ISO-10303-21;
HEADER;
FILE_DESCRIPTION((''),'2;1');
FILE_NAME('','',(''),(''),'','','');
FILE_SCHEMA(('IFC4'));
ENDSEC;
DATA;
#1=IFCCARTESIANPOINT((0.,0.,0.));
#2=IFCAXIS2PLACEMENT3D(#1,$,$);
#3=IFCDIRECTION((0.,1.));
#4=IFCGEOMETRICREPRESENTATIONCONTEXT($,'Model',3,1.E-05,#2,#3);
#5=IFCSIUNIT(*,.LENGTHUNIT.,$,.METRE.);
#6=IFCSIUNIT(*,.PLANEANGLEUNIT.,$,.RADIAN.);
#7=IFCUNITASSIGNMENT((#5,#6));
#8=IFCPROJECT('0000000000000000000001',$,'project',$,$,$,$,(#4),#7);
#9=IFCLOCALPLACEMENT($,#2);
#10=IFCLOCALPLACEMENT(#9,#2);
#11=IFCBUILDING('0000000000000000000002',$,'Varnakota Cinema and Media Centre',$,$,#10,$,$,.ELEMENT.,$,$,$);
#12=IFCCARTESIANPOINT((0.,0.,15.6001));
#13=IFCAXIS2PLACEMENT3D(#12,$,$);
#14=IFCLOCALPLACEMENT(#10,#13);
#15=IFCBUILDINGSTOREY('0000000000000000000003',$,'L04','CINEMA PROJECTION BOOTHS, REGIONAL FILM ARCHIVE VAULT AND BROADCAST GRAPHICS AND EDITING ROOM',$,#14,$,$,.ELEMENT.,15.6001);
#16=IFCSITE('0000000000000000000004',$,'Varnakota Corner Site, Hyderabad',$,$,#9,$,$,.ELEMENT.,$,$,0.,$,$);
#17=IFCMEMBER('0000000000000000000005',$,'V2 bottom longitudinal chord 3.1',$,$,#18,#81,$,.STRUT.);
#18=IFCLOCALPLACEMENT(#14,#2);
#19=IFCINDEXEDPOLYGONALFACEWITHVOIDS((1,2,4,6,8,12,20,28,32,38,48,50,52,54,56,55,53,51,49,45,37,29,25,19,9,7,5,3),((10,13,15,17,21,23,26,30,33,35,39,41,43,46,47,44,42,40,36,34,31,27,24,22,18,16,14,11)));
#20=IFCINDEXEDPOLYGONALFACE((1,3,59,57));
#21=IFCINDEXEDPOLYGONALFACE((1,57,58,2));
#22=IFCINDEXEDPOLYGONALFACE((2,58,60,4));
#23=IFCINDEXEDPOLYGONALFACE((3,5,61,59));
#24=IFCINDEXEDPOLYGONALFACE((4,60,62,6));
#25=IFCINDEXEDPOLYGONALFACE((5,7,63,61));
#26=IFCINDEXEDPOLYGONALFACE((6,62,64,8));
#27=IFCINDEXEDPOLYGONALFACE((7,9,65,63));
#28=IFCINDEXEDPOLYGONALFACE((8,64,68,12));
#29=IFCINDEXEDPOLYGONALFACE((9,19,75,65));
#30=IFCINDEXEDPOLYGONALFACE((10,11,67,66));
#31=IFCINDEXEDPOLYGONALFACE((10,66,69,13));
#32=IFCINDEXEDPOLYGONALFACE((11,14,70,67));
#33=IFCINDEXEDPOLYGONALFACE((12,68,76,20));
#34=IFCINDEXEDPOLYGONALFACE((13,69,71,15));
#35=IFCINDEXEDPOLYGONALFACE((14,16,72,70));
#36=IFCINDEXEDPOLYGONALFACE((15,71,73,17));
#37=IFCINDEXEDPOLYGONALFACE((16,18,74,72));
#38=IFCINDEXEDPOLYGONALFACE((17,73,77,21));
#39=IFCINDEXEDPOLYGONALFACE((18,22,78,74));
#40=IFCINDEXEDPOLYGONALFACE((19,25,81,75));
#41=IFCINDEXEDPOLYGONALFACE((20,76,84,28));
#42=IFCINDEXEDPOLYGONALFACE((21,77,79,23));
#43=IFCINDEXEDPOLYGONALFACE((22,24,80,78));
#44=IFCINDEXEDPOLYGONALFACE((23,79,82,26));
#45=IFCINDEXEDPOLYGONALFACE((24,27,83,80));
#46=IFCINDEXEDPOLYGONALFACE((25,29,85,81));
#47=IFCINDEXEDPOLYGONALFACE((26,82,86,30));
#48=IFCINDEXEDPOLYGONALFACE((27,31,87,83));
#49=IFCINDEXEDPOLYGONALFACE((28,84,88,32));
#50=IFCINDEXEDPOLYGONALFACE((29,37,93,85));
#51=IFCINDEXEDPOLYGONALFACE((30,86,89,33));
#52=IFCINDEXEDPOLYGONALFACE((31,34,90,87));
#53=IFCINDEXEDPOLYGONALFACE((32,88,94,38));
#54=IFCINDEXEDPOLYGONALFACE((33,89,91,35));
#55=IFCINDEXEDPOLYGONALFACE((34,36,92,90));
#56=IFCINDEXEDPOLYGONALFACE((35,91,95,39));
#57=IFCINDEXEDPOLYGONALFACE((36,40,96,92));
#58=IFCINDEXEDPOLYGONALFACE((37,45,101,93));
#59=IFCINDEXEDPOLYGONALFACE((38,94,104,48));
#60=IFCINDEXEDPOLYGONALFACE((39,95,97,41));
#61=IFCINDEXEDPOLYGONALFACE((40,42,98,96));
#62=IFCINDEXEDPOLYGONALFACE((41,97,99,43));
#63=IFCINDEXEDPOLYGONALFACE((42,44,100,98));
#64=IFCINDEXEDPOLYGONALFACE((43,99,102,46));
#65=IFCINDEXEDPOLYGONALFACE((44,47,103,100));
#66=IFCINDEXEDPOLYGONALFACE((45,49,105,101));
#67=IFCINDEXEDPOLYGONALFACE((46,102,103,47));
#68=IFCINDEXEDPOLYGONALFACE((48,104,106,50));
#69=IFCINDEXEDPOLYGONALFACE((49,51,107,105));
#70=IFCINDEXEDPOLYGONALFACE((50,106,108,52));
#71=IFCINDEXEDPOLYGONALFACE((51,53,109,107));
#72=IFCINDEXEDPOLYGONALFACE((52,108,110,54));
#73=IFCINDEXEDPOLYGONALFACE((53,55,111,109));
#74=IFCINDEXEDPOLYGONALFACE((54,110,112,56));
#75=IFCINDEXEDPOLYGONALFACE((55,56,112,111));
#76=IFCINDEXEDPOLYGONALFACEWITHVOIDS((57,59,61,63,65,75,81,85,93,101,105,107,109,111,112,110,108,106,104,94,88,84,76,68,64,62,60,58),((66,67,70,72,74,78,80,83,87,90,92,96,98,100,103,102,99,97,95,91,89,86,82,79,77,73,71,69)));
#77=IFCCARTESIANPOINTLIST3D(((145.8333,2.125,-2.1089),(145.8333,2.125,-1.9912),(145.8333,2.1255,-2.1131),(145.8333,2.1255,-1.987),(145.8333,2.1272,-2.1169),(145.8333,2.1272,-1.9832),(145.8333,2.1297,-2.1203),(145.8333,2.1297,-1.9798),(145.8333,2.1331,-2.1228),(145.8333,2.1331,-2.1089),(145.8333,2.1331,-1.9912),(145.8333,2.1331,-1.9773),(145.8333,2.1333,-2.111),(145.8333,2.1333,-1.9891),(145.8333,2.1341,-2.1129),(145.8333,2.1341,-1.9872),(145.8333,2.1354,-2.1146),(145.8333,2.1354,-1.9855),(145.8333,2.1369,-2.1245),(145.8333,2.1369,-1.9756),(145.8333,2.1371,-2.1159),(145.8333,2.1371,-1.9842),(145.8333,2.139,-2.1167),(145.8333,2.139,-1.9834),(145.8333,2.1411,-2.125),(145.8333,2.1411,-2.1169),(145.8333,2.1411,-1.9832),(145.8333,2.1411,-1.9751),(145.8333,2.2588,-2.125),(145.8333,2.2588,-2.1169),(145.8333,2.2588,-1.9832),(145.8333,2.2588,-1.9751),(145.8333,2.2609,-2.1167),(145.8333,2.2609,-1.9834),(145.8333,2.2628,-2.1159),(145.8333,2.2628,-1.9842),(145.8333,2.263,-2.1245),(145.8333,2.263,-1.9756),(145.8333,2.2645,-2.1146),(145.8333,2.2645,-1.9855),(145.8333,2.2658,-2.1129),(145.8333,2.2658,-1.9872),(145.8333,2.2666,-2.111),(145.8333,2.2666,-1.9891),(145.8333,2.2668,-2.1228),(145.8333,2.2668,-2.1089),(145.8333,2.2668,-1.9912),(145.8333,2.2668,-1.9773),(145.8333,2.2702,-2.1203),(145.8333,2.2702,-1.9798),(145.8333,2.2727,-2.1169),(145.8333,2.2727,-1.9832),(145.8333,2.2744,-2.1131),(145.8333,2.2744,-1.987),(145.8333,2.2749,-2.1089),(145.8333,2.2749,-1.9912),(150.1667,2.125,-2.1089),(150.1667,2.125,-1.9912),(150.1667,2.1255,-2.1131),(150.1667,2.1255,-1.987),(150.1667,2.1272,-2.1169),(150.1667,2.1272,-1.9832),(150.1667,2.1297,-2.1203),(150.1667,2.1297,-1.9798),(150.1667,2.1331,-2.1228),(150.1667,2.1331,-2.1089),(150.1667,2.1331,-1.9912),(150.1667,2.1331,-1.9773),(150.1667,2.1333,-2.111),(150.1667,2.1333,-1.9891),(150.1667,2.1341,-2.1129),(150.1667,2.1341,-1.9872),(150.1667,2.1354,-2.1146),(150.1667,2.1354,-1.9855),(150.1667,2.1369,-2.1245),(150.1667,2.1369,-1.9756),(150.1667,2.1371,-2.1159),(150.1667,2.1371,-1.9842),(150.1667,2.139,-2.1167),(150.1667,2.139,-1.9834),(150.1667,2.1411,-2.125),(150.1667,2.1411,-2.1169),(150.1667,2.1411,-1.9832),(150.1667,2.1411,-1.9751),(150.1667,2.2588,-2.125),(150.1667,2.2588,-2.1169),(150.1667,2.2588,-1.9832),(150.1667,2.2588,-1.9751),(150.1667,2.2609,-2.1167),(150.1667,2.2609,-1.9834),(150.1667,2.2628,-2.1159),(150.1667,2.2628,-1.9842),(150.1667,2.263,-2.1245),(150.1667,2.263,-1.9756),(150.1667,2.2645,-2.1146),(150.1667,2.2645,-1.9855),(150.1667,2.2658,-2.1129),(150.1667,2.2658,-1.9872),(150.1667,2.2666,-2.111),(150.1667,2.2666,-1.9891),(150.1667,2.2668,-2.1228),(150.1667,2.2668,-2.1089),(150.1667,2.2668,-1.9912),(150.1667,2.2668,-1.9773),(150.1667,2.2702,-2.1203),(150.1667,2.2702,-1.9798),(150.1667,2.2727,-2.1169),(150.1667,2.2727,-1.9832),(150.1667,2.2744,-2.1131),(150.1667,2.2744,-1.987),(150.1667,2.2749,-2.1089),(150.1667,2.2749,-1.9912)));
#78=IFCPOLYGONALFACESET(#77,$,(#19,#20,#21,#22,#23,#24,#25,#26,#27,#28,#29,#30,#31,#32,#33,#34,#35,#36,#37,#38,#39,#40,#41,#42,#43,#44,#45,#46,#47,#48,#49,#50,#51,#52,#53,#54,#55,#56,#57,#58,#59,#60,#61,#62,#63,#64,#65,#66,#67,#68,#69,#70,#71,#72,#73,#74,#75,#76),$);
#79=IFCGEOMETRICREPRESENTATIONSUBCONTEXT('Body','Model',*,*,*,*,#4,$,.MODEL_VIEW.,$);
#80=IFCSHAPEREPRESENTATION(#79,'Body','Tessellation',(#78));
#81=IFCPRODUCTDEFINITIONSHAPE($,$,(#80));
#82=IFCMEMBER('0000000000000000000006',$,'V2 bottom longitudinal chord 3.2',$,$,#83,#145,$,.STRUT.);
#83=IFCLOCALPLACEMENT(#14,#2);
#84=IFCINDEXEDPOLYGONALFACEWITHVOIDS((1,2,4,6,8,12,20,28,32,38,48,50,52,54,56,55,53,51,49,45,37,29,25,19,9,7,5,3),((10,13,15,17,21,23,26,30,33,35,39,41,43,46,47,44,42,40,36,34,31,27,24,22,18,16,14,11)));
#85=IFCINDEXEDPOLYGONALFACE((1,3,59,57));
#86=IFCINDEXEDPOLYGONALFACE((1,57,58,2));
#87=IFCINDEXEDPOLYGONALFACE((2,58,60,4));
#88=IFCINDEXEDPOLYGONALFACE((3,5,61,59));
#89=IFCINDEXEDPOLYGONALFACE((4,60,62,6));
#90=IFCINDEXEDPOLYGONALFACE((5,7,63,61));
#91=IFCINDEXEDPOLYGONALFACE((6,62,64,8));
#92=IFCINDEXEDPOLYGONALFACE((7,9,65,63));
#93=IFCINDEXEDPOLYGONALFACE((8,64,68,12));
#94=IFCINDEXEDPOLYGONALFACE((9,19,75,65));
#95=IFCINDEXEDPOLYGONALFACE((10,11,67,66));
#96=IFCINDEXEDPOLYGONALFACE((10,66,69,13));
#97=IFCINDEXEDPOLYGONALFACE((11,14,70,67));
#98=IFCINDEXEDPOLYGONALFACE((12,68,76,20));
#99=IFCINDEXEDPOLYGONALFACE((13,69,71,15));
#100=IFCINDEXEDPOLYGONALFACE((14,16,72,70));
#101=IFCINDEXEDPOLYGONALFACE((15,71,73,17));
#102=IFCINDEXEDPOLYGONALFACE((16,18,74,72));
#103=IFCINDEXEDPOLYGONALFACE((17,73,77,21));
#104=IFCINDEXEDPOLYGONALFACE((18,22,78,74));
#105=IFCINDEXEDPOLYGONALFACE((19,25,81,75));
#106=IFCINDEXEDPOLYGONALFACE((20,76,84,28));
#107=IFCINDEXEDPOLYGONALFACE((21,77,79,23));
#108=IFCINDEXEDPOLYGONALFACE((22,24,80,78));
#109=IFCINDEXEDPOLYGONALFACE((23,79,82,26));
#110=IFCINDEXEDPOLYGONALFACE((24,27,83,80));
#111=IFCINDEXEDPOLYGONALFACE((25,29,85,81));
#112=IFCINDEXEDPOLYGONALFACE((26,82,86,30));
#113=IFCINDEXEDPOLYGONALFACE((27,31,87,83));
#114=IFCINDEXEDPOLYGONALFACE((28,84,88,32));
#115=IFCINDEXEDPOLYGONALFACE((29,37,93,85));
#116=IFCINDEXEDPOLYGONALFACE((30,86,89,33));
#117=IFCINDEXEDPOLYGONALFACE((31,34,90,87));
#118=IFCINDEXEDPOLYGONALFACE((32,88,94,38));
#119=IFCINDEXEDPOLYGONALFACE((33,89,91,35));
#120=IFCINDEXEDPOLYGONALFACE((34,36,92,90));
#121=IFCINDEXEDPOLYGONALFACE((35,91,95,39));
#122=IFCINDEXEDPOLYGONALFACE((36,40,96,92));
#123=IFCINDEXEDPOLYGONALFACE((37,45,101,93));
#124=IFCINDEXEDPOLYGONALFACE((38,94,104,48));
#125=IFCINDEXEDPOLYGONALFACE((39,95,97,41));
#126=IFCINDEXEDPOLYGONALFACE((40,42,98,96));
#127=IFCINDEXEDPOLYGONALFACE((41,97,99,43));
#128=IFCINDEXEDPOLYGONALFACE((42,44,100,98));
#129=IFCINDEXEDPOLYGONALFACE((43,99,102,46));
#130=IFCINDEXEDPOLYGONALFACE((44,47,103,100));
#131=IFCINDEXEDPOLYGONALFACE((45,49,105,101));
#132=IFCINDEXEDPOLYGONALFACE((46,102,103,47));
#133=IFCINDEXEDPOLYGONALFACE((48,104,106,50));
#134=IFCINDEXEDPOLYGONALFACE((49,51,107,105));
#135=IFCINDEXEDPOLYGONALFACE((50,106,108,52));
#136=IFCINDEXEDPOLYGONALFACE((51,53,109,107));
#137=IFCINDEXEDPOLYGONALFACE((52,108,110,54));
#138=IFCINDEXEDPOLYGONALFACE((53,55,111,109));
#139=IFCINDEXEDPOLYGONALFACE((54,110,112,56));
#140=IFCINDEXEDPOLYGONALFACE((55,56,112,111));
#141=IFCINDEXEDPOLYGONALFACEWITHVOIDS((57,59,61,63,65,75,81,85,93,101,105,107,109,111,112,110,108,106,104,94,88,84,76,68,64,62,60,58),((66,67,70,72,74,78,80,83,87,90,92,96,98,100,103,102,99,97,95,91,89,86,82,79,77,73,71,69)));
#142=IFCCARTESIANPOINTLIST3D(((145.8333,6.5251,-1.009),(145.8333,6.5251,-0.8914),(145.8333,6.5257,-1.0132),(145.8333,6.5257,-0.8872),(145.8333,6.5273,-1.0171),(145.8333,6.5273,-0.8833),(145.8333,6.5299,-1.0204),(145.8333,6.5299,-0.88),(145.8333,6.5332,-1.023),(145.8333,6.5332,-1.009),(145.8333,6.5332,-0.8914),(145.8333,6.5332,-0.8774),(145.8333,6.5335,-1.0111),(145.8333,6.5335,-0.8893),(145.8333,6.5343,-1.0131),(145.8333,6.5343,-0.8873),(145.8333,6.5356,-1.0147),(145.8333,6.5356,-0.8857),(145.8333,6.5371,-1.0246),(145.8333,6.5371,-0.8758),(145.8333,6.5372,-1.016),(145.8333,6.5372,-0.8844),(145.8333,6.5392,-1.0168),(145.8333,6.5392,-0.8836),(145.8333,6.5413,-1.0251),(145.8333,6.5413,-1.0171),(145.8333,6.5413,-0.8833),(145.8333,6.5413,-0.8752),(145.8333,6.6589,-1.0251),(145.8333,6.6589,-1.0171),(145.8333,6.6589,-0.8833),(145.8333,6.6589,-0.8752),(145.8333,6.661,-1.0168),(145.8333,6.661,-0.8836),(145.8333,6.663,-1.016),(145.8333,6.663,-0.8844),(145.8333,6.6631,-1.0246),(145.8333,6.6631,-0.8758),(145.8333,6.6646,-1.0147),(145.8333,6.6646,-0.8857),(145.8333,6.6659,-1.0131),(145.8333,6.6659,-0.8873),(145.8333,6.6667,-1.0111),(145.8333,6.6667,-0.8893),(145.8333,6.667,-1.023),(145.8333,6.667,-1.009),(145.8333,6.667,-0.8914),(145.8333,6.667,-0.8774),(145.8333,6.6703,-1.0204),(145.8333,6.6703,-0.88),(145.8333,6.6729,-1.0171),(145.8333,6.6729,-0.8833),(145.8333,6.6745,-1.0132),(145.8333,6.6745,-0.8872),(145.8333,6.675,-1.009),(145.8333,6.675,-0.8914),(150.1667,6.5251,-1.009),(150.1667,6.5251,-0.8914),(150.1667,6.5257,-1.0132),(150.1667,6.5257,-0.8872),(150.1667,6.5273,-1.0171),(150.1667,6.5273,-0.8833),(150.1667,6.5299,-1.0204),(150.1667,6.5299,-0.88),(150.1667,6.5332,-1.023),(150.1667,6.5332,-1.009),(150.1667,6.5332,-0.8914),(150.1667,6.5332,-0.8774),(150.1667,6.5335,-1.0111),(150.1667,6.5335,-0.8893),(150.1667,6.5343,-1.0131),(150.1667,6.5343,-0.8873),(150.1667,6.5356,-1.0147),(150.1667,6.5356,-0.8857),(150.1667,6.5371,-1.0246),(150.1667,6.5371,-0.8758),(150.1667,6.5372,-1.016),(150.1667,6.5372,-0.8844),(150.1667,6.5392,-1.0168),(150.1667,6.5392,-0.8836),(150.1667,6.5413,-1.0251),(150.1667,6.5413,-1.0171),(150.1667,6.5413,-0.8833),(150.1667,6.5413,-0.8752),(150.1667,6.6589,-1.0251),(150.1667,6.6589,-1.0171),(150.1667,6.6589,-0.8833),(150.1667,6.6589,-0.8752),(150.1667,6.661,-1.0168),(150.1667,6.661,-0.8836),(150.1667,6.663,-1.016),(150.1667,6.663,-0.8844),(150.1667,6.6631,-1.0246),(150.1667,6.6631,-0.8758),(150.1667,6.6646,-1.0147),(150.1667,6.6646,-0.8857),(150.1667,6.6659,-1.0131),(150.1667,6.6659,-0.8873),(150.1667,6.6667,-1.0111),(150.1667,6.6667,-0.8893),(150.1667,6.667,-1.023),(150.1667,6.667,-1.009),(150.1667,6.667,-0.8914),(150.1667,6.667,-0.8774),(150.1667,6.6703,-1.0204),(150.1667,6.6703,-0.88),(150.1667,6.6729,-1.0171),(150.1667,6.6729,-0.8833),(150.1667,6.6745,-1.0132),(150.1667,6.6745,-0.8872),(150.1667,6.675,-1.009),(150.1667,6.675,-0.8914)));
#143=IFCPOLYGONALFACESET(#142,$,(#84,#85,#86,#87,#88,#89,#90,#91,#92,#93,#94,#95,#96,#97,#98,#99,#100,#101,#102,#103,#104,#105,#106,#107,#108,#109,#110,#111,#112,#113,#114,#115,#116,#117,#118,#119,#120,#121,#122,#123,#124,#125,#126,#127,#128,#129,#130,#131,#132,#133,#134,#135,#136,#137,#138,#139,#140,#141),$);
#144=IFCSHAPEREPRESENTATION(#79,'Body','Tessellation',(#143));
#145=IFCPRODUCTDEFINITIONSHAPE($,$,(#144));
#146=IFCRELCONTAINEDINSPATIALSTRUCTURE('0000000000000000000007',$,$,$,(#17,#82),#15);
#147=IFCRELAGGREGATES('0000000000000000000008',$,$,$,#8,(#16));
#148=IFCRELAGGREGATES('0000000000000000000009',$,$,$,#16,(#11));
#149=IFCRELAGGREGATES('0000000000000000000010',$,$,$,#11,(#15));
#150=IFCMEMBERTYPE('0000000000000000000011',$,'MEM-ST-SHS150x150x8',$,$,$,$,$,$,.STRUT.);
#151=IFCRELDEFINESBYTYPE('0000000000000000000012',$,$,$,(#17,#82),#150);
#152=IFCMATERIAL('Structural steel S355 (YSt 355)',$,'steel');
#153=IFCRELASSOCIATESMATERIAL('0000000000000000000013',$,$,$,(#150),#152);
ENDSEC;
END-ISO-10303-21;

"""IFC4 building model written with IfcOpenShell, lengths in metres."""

from ifc_helpers import new_model, si_unit, direction, frame, origin, origin_2d, place, context, subcontext, project, spatial, hollow_rectangle, extrude, material, material_profile, profile_set, type_object, element, save


model = new_model("IFC4")

# Units and contexts
model_context = context("Model", 3, precision=1e-05, world=origin(), true_north=direction((0.0, 1.0)))
body_context = subcontext(model_context, "Body", "Model", "MODEL_VIEW")
ifc_project = project(units=[si_unit("LENGTHUNIT", "METRE"), si_unit("PLANEANGLEUNIT", "RADIAN")], contexts=[model_context])

# Site, building, storey
site_placement = place(None, origin())
site = spatial("IfcSite", under=ifc_project, at=site_placement, Name="Varnakota Corner Site, Hyderabad", CompositionType="ELEMENT", RefElevation=0.0)
building_placement = place(site_placement, origin())
building = spatial("IfcBuilding", under=site, at=building_placement, Name="Varnakota Cinema and Media Centre", CompositionType="ELEMENT")
storey_placement = place(building_placement, frame((0.0, 0.0, 15.6001)))
storey = spatial("IfcBuildingStorey", under=building, at=storey_placement, Name="L04", Description="CINEMA PROJECTION BOOTHS, REGIONAL FILM ARCHIVE VAULT AND BROADCAST GRAPHICS AND EDITING ROOM", CompositionType="ELEMENT", Elevation=15.6001)

# Members
ifc_material_1 = material(Name="Structural steel S355 (YSt 355)", Category="steel")
ifc_material_profile_1 = material_profile(ifc_material_1, hollow_rectangle(XDim=0.1499, YDim=0.1499, WallThickness=0.0081, InnerFilletRadius=0.0081, OuterFilletRadius=0.0161, at=origin_2d()), Name="SHS 150x150x8")
ifc_profile_set_1 = profile_set([ifc_material_profile_1], Name="Structural steel S355 (YSt 355)")
member_type_1 = type_object("IfcMemberType", Name="MEM-ST-SHS150x150x8", PredefinedType="STRUT", material=ifc_profile_set_1)
for number, where, z_axis, x_axis, name in (
    (1, (145.8333, 2.2, -2.05), (1.0, 0.0, 0.0), (0.0, 1.0, 0.0), "V2 bottom longitudinal chord 3.1"),
    (2, (145.8333, 6.6001, -0.9502), (1.0, 0.0, 0.0), (0.0, 1.0, 0.0), "V2 bottom longitudinal chord 3.2"),
):
    element("IfcMember", number, at=place(storey_placement, frame(where, z_axis=z_axis, x_axis=x_axis)), inside=storey, type_object=member_type_1, Name=name, PredefinedType="STRUT", context=body_context, shape_type="SweptSolid", body=[
        extrude(hollow_rectangle(XDim=0.1499, YDim=0.1499, WallThickness=0.0081, InnerFilletRadius=0.0081, OuterFilletRadius=0.0161, at=origin_2d()), origin(), (0.0, 0.0, 1.0), 4.3335),
    ])

save(model, "model.ifc")
